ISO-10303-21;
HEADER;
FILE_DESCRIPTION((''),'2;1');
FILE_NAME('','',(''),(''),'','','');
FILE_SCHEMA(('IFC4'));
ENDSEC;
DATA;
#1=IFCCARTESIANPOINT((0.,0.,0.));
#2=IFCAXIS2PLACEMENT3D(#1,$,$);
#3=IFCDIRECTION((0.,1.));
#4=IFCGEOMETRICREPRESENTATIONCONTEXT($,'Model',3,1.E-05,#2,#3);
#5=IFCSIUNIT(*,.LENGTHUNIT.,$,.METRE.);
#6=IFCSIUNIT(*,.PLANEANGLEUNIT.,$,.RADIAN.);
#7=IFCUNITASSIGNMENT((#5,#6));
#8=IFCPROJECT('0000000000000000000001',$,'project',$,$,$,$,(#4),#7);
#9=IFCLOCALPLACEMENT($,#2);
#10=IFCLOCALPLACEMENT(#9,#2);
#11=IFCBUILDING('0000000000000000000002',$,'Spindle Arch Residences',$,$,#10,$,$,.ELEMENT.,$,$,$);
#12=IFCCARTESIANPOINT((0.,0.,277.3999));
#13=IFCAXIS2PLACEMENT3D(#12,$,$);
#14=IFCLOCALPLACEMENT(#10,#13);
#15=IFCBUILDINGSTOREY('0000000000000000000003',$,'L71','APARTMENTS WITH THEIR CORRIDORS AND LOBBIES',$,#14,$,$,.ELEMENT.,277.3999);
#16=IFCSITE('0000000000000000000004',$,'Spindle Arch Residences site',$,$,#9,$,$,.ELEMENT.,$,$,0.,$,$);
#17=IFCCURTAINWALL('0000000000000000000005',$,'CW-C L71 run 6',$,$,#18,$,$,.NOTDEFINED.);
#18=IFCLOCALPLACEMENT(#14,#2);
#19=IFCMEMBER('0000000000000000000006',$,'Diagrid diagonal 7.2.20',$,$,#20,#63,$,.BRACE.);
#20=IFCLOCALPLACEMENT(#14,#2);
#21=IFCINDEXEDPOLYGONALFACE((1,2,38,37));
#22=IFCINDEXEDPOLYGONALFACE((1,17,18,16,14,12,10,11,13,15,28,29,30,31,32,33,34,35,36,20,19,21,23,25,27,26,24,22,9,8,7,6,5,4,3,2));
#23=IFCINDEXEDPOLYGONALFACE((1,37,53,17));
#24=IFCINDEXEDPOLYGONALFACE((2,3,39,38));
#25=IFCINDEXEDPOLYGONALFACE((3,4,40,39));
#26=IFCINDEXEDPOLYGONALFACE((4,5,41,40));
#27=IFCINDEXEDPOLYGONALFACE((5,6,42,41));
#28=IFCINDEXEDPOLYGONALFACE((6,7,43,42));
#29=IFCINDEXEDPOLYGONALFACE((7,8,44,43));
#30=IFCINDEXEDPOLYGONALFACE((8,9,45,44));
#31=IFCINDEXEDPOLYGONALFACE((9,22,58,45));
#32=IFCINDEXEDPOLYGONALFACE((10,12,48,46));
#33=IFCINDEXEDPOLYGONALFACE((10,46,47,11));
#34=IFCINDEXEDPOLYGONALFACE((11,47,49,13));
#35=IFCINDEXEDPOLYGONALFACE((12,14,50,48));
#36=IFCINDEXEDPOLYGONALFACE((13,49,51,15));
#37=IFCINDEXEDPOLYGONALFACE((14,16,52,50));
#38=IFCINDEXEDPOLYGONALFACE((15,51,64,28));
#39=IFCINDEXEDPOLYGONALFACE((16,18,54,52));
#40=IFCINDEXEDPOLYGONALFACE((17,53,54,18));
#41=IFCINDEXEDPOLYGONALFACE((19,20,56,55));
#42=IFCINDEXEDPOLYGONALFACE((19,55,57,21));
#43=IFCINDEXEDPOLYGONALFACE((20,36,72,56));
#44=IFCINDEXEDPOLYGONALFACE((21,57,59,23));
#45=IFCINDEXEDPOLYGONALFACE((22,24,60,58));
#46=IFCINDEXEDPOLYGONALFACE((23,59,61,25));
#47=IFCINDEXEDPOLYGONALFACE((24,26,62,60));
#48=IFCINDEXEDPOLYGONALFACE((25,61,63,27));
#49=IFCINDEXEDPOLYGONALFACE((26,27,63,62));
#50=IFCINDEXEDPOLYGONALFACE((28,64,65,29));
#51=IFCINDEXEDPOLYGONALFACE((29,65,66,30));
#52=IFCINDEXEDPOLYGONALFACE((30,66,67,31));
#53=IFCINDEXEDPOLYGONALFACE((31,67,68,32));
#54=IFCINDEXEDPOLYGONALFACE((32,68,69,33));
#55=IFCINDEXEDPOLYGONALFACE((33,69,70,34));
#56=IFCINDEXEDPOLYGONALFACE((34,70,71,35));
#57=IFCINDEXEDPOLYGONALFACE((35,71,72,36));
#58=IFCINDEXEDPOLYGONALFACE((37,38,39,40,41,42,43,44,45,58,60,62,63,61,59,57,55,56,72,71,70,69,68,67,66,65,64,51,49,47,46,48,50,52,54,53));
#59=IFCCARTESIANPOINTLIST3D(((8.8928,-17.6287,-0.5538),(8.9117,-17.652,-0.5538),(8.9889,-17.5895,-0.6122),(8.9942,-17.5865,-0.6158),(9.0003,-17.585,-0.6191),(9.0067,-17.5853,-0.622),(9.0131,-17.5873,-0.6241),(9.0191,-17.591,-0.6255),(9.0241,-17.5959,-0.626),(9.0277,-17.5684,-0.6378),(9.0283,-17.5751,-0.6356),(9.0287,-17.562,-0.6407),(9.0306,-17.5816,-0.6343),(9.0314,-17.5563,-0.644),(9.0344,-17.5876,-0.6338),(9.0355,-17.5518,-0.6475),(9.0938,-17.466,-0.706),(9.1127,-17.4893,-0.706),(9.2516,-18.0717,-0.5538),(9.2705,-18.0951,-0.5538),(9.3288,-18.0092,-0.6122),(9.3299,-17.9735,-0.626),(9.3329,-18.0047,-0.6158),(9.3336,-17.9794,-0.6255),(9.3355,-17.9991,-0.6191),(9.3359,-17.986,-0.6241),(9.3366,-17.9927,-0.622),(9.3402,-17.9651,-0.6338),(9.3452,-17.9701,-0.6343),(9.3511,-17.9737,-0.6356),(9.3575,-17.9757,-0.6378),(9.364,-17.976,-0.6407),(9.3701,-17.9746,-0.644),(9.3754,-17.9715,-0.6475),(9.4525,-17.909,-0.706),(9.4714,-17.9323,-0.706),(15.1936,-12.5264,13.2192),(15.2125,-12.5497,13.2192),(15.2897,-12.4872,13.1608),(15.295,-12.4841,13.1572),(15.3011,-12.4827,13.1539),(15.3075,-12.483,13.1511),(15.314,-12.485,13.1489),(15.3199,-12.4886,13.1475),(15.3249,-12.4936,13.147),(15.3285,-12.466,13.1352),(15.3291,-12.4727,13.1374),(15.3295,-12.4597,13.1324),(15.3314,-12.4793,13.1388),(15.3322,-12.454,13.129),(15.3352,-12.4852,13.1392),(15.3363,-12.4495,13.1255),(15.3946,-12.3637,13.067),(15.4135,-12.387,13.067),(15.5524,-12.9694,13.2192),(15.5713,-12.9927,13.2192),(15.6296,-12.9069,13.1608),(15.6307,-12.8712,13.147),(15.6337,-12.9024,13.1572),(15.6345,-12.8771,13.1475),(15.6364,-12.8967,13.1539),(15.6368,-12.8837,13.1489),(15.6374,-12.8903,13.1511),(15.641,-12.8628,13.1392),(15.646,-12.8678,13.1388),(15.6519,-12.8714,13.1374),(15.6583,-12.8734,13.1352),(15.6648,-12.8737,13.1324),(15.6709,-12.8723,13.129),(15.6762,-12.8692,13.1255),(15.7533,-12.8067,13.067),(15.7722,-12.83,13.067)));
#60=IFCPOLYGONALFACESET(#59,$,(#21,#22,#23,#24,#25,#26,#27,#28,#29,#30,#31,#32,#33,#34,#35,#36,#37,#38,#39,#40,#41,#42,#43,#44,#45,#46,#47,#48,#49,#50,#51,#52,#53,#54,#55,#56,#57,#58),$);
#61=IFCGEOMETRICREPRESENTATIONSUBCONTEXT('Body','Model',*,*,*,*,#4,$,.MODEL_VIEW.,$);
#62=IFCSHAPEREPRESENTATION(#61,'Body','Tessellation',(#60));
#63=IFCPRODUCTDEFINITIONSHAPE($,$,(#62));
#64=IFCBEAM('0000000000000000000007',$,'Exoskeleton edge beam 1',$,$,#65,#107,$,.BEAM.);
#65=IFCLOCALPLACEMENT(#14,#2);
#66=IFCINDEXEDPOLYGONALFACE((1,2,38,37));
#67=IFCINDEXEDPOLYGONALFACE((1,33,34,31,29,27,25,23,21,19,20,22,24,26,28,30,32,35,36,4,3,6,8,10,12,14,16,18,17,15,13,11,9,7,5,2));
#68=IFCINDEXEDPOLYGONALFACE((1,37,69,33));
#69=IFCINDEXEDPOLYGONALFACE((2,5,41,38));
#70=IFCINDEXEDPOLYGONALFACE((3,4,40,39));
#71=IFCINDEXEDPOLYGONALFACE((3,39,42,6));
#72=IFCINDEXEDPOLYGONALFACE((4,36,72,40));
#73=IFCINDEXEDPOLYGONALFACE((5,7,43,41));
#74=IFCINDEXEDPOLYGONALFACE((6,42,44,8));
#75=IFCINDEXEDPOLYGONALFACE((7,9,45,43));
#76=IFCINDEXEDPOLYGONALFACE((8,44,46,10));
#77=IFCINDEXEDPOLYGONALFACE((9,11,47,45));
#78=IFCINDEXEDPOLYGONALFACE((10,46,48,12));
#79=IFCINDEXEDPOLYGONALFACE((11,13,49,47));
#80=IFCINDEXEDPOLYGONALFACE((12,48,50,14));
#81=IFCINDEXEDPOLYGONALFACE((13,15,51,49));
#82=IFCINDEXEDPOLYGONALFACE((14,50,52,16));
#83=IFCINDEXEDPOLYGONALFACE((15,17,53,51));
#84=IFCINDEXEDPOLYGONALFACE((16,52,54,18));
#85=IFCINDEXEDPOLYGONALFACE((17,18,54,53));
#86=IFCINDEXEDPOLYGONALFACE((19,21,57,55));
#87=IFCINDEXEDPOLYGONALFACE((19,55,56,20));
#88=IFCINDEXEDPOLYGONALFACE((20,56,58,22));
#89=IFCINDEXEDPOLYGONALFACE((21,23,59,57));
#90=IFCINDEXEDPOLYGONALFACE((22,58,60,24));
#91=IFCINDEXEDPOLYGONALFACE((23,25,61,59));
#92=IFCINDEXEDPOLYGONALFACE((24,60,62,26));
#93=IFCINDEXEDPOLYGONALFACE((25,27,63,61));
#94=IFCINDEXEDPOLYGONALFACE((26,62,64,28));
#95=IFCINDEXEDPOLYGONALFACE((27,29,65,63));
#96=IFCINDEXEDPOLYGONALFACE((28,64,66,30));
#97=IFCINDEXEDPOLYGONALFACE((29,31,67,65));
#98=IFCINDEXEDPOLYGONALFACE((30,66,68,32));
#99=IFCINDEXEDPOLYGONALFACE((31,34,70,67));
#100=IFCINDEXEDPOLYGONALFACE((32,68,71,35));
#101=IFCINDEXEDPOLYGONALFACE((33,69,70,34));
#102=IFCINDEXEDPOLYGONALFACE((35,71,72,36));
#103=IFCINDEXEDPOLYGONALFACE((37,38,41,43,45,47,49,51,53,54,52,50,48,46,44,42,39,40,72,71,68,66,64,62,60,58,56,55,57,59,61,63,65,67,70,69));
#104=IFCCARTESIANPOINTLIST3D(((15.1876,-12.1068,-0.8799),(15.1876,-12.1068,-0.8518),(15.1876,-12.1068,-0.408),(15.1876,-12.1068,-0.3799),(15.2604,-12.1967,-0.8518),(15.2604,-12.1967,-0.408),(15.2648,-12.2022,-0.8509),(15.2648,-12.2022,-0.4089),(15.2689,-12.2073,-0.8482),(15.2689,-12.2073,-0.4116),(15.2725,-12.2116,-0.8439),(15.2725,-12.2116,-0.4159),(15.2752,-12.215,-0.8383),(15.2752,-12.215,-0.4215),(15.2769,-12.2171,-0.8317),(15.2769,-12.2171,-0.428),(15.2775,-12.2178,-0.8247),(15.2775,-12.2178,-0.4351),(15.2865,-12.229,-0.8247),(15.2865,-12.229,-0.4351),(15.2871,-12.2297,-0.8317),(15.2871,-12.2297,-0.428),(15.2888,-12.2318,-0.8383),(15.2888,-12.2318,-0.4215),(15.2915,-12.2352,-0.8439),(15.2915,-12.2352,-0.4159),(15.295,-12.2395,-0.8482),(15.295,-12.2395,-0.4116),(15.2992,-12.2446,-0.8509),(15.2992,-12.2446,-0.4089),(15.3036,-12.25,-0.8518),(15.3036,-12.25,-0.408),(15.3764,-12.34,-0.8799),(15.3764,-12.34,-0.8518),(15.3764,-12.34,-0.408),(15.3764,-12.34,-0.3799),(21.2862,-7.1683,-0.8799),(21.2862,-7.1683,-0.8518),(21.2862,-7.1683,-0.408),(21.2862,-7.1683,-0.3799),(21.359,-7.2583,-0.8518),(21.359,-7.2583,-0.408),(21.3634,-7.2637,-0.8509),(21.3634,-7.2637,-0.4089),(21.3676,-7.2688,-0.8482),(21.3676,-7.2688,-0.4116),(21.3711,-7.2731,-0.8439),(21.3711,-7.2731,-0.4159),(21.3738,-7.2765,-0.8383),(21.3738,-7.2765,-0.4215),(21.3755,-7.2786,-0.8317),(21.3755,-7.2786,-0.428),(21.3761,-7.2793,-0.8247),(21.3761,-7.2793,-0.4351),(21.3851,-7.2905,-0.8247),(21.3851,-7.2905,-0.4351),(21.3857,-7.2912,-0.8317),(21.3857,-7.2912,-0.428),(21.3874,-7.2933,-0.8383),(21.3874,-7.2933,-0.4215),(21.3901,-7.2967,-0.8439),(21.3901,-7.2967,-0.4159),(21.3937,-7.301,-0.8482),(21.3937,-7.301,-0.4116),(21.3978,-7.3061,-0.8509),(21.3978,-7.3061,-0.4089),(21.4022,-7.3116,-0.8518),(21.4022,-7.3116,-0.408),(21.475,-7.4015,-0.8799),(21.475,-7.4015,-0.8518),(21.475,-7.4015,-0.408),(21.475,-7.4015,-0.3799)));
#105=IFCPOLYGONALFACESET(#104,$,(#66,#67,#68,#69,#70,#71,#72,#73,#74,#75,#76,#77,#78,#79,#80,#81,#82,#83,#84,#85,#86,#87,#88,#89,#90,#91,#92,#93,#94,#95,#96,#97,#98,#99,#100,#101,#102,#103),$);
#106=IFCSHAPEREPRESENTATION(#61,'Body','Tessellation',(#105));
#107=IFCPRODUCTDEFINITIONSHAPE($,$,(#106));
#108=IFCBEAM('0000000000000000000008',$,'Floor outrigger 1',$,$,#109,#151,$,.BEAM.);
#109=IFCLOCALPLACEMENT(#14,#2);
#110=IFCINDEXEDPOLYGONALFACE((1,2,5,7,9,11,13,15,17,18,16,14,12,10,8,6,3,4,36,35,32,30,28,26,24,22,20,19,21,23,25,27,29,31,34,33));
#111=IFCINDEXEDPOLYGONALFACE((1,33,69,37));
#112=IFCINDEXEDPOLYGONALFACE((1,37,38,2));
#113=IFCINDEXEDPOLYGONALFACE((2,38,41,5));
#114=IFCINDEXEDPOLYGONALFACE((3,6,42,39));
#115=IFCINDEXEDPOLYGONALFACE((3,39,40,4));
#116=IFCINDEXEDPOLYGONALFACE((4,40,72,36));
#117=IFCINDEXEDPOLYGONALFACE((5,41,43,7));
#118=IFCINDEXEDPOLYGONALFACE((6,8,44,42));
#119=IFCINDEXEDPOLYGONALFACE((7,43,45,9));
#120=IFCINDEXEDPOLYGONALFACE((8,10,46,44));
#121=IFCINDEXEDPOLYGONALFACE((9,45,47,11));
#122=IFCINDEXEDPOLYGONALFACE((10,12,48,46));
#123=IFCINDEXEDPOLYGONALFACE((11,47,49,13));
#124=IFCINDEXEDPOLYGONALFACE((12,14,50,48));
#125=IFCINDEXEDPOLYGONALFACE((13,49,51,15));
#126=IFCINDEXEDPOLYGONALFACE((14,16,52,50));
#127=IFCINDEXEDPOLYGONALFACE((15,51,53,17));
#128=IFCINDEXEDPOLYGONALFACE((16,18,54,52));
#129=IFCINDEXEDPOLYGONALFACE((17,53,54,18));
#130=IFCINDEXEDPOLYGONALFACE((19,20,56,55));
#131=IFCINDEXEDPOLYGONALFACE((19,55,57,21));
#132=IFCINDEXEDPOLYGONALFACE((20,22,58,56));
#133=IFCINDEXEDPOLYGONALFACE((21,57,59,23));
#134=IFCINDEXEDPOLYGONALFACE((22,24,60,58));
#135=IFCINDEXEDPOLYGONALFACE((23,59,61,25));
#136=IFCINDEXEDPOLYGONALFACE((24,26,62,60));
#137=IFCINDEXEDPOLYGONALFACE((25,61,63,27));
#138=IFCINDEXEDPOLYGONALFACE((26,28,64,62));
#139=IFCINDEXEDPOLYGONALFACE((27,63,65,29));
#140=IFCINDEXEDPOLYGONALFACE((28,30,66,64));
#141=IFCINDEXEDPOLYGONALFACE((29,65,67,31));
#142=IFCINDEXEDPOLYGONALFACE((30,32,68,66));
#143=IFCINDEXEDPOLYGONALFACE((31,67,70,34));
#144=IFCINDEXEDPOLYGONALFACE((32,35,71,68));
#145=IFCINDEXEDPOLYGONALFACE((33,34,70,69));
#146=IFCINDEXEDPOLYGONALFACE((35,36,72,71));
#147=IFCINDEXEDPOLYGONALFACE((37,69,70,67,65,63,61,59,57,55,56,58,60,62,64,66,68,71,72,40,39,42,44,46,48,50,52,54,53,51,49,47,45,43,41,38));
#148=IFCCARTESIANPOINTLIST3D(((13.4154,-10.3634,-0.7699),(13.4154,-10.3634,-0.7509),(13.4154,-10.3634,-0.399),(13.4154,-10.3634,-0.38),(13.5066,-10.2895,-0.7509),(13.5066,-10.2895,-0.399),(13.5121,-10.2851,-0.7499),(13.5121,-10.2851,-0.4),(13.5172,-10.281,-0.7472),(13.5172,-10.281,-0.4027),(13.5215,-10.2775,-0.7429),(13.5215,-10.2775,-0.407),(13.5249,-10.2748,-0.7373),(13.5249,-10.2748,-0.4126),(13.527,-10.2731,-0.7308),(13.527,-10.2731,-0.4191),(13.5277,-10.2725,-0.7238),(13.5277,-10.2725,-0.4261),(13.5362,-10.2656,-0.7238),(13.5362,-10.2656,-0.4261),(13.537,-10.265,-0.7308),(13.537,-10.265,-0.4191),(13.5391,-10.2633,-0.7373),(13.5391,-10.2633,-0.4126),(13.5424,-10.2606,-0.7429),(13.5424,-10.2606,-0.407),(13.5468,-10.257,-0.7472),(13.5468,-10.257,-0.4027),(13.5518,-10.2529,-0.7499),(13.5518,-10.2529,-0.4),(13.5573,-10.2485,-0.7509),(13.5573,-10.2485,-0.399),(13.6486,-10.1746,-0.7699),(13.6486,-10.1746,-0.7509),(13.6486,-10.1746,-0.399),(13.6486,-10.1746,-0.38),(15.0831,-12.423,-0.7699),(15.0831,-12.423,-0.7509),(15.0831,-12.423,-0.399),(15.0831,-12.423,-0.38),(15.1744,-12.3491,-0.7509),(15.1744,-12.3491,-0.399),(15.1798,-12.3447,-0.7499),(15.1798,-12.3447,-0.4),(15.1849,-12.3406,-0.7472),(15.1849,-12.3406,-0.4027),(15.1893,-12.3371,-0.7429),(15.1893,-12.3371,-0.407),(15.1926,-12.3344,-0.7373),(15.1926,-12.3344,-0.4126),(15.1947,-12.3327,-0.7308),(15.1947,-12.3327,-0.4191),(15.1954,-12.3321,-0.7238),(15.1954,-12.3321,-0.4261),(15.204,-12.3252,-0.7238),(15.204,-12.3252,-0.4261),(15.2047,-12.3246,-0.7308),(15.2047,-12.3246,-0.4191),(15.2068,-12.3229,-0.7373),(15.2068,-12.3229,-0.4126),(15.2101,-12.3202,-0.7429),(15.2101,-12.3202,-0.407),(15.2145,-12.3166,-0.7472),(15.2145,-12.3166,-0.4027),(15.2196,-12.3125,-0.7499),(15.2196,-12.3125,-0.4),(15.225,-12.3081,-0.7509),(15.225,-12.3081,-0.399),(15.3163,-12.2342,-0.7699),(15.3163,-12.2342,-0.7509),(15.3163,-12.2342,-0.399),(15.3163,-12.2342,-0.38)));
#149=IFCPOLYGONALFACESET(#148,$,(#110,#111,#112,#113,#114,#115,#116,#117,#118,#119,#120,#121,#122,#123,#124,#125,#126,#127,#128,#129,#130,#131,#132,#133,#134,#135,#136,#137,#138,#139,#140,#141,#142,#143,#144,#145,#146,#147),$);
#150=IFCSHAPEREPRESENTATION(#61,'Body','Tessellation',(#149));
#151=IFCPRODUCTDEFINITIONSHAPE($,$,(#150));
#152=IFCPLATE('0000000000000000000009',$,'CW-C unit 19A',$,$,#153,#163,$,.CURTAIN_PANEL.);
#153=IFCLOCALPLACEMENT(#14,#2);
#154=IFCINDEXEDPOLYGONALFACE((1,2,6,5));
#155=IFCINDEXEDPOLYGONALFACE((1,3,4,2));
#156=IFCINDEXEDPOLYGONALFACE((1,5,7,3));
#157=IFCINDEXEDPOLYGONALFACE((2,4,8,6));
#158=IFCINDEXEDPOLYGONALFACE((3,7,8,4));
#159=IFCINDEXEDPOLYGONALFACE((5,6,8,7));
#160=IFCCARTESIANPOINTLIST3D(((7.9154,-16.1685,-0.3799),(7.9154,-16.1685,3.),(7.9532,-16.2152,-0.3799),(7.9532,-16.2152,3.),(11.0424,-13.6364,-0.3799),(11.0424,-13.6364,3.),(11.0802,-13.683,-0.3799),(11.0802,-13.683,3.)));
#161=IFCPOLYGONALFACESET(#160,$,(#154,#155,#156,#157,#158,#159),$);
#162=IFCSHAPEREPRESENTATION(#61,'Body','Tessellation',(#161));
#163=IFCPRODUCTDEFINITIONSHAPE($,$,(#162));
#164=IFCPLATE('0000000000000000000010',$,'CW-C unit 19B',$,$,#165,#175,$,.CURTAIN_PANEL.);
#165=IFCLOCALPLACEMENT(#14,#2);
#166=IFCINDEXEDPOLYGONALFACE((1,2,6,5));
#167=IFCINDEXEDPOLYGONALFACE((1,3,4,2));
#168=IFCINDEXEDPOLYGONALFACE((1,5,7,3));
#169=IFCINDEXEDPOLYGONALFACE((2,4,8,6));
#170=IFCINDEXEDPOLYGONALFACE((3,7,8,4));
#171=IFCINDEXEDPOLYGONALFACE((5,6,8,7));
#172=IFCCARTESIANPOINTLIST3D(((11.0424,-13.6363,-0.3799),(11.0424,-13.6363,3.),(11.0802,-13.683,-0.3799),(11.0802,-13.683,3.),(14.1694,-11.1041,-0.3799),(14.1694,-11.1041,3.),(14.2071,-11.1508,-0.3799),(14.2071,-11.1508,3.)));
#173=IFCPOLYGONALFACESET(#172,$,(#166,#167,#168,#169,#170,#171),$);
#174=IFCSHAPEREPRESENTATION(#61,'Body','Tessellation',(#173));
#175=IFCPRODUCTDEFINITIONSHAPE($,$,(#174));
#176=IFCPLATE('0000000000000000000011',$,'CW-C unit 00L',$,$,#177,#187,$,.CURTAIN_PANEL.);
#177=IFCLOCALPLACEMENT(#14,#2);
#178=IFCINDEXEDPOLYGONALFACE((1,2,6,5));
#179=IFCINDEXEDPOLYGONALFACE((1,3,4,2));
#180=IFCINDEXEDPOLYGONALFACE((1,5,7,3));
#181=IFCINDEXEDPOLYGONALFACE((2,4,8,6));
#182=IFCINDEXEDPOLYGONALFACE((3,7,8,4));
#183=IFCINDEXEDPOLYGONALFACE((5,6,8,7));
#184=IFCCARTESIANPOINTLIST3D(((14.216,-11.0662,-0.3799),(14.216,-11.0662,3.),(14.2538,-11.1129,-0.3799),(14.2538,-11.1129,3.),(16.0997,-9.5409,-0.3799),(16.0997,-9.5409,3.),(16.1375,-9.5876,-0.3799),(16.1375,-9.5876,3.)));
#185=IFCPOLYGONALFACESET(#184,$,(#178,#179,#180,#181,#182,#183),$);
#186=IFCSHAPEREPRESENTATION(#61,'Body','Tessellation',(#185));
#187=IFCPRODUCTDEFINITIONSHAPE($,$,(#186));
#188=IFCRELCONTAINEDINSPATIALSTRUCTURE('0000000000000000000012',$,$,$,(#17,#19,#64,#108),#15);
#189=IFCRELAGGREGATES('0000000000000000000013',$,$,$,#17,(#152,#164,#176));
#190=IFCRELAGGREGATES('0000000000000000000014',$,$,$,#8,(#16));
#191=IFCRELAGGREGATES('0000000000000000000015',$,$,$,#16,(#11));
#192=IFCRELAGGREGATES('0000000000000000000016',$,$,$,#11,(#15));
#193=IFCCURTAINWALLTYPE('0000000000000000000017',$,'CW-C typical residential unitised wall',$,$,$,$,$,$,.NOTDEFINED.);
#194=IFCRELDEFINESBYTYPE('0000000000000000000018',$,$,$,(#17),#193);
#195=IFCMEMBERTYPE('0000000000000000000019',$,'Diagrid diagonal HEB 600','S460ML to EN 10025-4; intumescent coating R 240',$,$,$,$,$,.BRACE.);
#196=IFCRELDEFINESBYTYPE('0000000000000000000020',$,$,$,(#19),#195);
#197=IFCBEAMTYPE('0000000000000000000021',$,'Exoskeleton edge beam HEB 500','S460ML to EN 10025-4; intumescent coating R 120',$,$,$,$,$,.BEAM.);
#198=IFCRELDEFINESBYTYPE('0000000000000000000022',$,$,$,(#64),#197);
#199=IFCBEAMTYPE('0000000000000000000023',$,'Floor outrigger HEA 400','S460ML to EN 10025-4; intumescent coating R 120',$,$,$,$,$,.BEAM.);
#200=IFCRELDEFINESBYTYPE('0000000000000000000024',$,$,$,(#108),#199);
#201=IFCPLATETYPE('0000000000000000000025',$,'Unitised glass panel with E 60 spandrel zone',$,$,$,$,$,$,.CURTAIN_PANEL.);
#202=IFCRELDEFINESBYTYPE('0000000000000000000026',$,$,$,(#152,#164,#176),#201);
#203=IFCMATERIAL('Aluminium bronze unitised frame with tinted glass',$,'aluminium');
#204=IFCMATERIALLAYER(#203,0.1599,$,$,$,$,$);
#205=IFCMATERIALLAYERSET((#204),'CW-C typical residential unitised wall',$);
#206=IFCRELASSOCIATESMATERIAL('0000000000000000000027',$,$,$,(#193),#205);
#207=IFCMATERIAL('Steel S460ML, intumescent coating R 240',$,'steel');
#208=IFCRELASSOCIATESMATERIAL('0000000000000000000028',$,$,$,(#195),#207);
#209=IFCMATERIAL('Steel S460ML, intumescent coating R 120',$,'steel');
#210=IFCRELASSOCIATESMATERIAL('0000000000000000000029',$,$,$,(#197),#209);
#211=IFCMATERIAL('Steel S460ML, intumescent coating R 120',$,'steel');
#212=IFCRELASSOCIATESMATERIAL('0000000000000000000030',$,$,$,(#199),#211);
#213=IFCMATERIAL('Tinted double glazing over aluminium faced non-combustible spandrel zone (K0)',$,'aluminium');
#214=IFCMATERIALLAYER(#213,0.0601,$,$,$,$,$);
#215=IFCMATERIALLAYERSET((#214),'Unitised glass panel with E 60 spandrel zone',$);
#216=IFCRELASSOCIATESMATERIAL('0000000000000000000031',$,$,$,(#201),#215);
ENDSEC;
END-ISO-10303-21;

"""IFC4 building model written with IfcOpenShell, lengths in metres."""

from ifc_helpers import new_model, si_unit, direction, frame, origin, origin_2d, place, context, subcontext, project, spatial, rectangle, i_section, extrude, material, layer, layer_set, material_profile, profile_set, type_object, element, aggregate, save


model = new_model("IFC4")

# Units and contexts
model_context = context("Model", 3, precision=1e-05, world=origin(), true_north=direction((0.0, 1.0)))
body_context = subcontext(model_context, "Body", "Model", "MODEL_VIEW")
ifc_project = project(units=[si_unit("LENGTHUNIT", "METRE"), si_unit("PLANEANGLEUNIT", "RADIAN")], contexts=[model_context])

# Site, building, storey
site_placement = place(None, origin())
site = spatial("IfcSite", under=ifc_project, at=site_placement, Name="Spindle Arch Residences site", CompositionType="ELEMENT", RefElevation=0.0)
building_placement = place(site_placement, origin())
building = spatial("IfcBuilding", under=site, at=building_placement, Name="Spindle Arch Residences", CompositionType="ELEMENT")
storey_placement = place(building_placement, frame((0.0, 0.0, 277.3999)))
storey = spatial("IfcBuildingStorey", under=building, at=storey_placement, Name="L71", Description="APARTMENTS WITH THEIR CORRIDORS AND LOBBIES", CompositionType="ELEMENT", Elevation=277.3999)

# Curtain wall
ifc_material_1 = material(Name="Aluminium bronze unitised frame with tinted glass", Category="aluminium")
ifc_layer_1 = layer(ifc_material_1, 0.1599)
ifc_layer_set_1 = layer_set([ifc_layer_1], Name="CW-C typical residential unitised wall")
curtain_wall_type = type_object("IfcCurtainWallType", Name="CW-C typical residential unitised wall", PredefinedType="NOTDEFINED", material=ifc_layer_set_1)
curtain_wall_placement = place(storey_placement, origin())
curtain_wall = element("IfcCurtainWall", 1, at=curtain_wall_placement, inside=storey, type_object=curtain_wall_type, Name="CW-C L71 run 6", PredefinedType="NOTDEFINED")

# Member
ifc_material_2 = material(Name="Steel S460ML, intumescent coating R 240", Category="steel")
ifc_material_profile_1 = material_profile(ifc_material_2, i_section(OverallWidth=0.3, OverallDepth=0.6001, WebThickness=0.0154, FlangeThickness=0.03, FilletRadius=0.0271, at=origin_2d()), Name="HEB 600")
ifc_profile_set_1 = profile_set([ifc_material_profile_1], Name="Steel S460ML, intumescent coating R 240")
member_type_1 = type_object("IfcMemberType", Name="Diagrid diagonal HEB 600", Description="S460ML to EN 10025-4; intumescent coating R 240", PredefinedType="BRACE", material=ifc_profile_set_1)
for number, where, z_axis, x_axis, name in (
    (2, (9.1821, -17.7805, -0.6299), (0.39424, 0.319251, 0.861774), (-0.669723, -0.542333, 0.507293), "Diagrid diagonal 7.2.20"),
):
    element("IfcMember", number, at=place(storey_placement, frame(where, z_axis=z_axis, x_axis=x_axis)), inside=storey, type_object=member_type_1, Name=name, PredefinedType="BRACE", context=body_context, shape_type="SweptSolid", body=[
        extrude(i_section(OverallWidth=0.3, OverallDepth=0.6001, WebThickness=0.0154, FlangeThickness=0.03, FilletRadius=0.0271, at=origin_2d()), origin(), (0.0, 0.0, 1.0), 15.9822),
    ])

# Beams
ifc_material_3 = material(Name="Steel S460ML, intumescent coating R 120", Category="steel")
ifc_material_profile_2 = material_profile(ifc_material_3, i_section(OverallWidth=0.3, OverallDepth=0.5, WebThickness=0.0144, FlangeThickness=0.0281, FilletRadius=0.0271, at=origin_2d()), Name="HEB 500")
ifc_profile_set_2 = profile_set([ifc_material_profile_2], Name="Steel S460ML, intumescent coating R 120")
beam_type_1 = type_object("IfcBeamType", Name="Exoskeleton edge beam HEB 500", Description="S460ML to EN 10025-4; intumescent coating R 120", PredefinedType="BEAM", material=ifc_profile_set_2)
beam_1_placement = place(storey_placement, frame((15.282, -12.2234, -0.6299), z_axis=(0.777152, 0.629313, 0.0), x_axis=(-0.629313, 0.777152, 0.0)))
element("IfcBeam", 3, at=beam_1_placement, inside=storey, type_object=beam_type_1, Name="Exoskeleton edge beam 1", PredefinedType="BEAM", context=body_context, shape_type="SweptSolid", body=[
    extrude(i_section(OverallWidth=0.3, OverallDepth=0.5, WebThickness=0.0144, FlangeThickness=0.0281, FilletRadius=0.0271, at=origin_2d()), origin(), (0.0, 0.0, 1.0), 7.8474),
])
ifc_material_4 = material(Name="Steel S460ML, intumescent coating R 120", Category="steel")
ifc_material_profile_3 = material_profile(ifc_material_4, i_section(OverallWidth=0.3, OverallDepth=0.3899, WebThickness=0.011, FlangeThickness=0.019, FilletRadius=0.0271, at=origin_2d()), Name="HEA 400")
ifc_profile_set_3 = profile_set([ifc_material_profile_3], Name="Steel S460ML, intumescent coating R 120")
beam_type_2 = type_object("IfcBeamType", Name="Floor outrigger HEA 400", Description="S460ML to EN 10025-4; intumescent coating R 120", PredefinedType="BEAM", material=ifc_profile_set_3)
beam_2_placement = place(storey_placement, frame((15.1997, -12.3286, -0.575), z_axis=(-0.629302, 0.777161, 0.0), x_axis=(-0.777161, -0.629302, 0.0)))
element("IfcBeam", 4, at=beam_2_placement, inside=storey, type_object=beam_type_2, Name="Floor outrigger 1", PredefinedType="BEAM", context=body_context, shape_type="SweptSolid", body=[
    extrude(i_section(OverallWidth=0.3, OverallDepth=0.3899, WebThickness=0.011, FlangeThickness=0.019, FilletRadius=0.0271, at=origin_2d()), origin(), (0.0, 0.0, 1.0), 2.6501),
])

# Plates
ifc_material_5 = material(Name="Tinted double glazing over aluminium faced non-combustible spandrel zone (K0)", Category="aluminium")
ifc_layer_2 = layer(ifc_material_5, 0.0601)
ifc_layer_set_2 = layer_set([ifc_layer_2], Name="Unitised glass panel with E 60 spandrel zone")
plate_type = type_object("IfcPlateType", Name="Unitised glass panel with E 60 spandrel zone", PredefinedType="CURTAIN_PANEL", material=ifc_layer_set_2)
plate_1_placement = place(storey_placement, frame((9.4978, -14.9258, -0.3799), z_axis=(0.0, 0.0, 1.0), x_axis=(0.777146, 0.62932, 0.0)))
plate_1 = element("IfcPlate", 5, at=plate_1_placement, type_object=plate_type, Name="CW-C unit 19A", PredefinedType="CURTAIN_PANEL", context=body_context, shape_type="SweptSolid", body=[
    extrude(rectangle(XDim=4.0237, YDim=0.0601, at=origin_2d()), origin(), (0.0, 0.0, 1.0), 3.3799),
])
plate_2_placement = place(storey_placement, frame((12.6248, -12.3936, -0.3799), z_axis=(0.0, 0.0, 1.0), x_axis=(0.777146, 0.62932, 0.0)))
plate_2 = element("IfcPlate", 6, at=plate_2_placement, type_object=plate_type, Name="CW-C unit 19B", PredefinedType="CURTAIN_PANEL", context=body_context, shape_type="SweptSolid", body=[
    extrude(rectangle(XDim=4.0237, YDim=0.0601, at=origin_2d()), origin(), (0.0, 0.0, 1.0), 3.3799),
])
plate_3_placement = place(storey_placement, frame((15.1768, -10.3269, -0.3799), z_axis=(0.0, 0.0, 1.0), x_axis=(0.777146, 0.62932, 0.0)))
plate_3 = element("IfcPlate", 7, at=plate_3_placement, type_object=plate_type, Name="CW-C unit 00L", PredefinedType="CURTAIN_PANEL", context=body_context, shape_type="SweptSolid", body=[
    extrude(rectangle(XDim=2.4238, YDim=0.0601, at=origin_2d()), origin(), (0.0, 0.0, 1.0), 3.3799),
])
aggregate(curtain_wall, [plate_1, plate_2, plate_3])

save(model, "model.ifc")
